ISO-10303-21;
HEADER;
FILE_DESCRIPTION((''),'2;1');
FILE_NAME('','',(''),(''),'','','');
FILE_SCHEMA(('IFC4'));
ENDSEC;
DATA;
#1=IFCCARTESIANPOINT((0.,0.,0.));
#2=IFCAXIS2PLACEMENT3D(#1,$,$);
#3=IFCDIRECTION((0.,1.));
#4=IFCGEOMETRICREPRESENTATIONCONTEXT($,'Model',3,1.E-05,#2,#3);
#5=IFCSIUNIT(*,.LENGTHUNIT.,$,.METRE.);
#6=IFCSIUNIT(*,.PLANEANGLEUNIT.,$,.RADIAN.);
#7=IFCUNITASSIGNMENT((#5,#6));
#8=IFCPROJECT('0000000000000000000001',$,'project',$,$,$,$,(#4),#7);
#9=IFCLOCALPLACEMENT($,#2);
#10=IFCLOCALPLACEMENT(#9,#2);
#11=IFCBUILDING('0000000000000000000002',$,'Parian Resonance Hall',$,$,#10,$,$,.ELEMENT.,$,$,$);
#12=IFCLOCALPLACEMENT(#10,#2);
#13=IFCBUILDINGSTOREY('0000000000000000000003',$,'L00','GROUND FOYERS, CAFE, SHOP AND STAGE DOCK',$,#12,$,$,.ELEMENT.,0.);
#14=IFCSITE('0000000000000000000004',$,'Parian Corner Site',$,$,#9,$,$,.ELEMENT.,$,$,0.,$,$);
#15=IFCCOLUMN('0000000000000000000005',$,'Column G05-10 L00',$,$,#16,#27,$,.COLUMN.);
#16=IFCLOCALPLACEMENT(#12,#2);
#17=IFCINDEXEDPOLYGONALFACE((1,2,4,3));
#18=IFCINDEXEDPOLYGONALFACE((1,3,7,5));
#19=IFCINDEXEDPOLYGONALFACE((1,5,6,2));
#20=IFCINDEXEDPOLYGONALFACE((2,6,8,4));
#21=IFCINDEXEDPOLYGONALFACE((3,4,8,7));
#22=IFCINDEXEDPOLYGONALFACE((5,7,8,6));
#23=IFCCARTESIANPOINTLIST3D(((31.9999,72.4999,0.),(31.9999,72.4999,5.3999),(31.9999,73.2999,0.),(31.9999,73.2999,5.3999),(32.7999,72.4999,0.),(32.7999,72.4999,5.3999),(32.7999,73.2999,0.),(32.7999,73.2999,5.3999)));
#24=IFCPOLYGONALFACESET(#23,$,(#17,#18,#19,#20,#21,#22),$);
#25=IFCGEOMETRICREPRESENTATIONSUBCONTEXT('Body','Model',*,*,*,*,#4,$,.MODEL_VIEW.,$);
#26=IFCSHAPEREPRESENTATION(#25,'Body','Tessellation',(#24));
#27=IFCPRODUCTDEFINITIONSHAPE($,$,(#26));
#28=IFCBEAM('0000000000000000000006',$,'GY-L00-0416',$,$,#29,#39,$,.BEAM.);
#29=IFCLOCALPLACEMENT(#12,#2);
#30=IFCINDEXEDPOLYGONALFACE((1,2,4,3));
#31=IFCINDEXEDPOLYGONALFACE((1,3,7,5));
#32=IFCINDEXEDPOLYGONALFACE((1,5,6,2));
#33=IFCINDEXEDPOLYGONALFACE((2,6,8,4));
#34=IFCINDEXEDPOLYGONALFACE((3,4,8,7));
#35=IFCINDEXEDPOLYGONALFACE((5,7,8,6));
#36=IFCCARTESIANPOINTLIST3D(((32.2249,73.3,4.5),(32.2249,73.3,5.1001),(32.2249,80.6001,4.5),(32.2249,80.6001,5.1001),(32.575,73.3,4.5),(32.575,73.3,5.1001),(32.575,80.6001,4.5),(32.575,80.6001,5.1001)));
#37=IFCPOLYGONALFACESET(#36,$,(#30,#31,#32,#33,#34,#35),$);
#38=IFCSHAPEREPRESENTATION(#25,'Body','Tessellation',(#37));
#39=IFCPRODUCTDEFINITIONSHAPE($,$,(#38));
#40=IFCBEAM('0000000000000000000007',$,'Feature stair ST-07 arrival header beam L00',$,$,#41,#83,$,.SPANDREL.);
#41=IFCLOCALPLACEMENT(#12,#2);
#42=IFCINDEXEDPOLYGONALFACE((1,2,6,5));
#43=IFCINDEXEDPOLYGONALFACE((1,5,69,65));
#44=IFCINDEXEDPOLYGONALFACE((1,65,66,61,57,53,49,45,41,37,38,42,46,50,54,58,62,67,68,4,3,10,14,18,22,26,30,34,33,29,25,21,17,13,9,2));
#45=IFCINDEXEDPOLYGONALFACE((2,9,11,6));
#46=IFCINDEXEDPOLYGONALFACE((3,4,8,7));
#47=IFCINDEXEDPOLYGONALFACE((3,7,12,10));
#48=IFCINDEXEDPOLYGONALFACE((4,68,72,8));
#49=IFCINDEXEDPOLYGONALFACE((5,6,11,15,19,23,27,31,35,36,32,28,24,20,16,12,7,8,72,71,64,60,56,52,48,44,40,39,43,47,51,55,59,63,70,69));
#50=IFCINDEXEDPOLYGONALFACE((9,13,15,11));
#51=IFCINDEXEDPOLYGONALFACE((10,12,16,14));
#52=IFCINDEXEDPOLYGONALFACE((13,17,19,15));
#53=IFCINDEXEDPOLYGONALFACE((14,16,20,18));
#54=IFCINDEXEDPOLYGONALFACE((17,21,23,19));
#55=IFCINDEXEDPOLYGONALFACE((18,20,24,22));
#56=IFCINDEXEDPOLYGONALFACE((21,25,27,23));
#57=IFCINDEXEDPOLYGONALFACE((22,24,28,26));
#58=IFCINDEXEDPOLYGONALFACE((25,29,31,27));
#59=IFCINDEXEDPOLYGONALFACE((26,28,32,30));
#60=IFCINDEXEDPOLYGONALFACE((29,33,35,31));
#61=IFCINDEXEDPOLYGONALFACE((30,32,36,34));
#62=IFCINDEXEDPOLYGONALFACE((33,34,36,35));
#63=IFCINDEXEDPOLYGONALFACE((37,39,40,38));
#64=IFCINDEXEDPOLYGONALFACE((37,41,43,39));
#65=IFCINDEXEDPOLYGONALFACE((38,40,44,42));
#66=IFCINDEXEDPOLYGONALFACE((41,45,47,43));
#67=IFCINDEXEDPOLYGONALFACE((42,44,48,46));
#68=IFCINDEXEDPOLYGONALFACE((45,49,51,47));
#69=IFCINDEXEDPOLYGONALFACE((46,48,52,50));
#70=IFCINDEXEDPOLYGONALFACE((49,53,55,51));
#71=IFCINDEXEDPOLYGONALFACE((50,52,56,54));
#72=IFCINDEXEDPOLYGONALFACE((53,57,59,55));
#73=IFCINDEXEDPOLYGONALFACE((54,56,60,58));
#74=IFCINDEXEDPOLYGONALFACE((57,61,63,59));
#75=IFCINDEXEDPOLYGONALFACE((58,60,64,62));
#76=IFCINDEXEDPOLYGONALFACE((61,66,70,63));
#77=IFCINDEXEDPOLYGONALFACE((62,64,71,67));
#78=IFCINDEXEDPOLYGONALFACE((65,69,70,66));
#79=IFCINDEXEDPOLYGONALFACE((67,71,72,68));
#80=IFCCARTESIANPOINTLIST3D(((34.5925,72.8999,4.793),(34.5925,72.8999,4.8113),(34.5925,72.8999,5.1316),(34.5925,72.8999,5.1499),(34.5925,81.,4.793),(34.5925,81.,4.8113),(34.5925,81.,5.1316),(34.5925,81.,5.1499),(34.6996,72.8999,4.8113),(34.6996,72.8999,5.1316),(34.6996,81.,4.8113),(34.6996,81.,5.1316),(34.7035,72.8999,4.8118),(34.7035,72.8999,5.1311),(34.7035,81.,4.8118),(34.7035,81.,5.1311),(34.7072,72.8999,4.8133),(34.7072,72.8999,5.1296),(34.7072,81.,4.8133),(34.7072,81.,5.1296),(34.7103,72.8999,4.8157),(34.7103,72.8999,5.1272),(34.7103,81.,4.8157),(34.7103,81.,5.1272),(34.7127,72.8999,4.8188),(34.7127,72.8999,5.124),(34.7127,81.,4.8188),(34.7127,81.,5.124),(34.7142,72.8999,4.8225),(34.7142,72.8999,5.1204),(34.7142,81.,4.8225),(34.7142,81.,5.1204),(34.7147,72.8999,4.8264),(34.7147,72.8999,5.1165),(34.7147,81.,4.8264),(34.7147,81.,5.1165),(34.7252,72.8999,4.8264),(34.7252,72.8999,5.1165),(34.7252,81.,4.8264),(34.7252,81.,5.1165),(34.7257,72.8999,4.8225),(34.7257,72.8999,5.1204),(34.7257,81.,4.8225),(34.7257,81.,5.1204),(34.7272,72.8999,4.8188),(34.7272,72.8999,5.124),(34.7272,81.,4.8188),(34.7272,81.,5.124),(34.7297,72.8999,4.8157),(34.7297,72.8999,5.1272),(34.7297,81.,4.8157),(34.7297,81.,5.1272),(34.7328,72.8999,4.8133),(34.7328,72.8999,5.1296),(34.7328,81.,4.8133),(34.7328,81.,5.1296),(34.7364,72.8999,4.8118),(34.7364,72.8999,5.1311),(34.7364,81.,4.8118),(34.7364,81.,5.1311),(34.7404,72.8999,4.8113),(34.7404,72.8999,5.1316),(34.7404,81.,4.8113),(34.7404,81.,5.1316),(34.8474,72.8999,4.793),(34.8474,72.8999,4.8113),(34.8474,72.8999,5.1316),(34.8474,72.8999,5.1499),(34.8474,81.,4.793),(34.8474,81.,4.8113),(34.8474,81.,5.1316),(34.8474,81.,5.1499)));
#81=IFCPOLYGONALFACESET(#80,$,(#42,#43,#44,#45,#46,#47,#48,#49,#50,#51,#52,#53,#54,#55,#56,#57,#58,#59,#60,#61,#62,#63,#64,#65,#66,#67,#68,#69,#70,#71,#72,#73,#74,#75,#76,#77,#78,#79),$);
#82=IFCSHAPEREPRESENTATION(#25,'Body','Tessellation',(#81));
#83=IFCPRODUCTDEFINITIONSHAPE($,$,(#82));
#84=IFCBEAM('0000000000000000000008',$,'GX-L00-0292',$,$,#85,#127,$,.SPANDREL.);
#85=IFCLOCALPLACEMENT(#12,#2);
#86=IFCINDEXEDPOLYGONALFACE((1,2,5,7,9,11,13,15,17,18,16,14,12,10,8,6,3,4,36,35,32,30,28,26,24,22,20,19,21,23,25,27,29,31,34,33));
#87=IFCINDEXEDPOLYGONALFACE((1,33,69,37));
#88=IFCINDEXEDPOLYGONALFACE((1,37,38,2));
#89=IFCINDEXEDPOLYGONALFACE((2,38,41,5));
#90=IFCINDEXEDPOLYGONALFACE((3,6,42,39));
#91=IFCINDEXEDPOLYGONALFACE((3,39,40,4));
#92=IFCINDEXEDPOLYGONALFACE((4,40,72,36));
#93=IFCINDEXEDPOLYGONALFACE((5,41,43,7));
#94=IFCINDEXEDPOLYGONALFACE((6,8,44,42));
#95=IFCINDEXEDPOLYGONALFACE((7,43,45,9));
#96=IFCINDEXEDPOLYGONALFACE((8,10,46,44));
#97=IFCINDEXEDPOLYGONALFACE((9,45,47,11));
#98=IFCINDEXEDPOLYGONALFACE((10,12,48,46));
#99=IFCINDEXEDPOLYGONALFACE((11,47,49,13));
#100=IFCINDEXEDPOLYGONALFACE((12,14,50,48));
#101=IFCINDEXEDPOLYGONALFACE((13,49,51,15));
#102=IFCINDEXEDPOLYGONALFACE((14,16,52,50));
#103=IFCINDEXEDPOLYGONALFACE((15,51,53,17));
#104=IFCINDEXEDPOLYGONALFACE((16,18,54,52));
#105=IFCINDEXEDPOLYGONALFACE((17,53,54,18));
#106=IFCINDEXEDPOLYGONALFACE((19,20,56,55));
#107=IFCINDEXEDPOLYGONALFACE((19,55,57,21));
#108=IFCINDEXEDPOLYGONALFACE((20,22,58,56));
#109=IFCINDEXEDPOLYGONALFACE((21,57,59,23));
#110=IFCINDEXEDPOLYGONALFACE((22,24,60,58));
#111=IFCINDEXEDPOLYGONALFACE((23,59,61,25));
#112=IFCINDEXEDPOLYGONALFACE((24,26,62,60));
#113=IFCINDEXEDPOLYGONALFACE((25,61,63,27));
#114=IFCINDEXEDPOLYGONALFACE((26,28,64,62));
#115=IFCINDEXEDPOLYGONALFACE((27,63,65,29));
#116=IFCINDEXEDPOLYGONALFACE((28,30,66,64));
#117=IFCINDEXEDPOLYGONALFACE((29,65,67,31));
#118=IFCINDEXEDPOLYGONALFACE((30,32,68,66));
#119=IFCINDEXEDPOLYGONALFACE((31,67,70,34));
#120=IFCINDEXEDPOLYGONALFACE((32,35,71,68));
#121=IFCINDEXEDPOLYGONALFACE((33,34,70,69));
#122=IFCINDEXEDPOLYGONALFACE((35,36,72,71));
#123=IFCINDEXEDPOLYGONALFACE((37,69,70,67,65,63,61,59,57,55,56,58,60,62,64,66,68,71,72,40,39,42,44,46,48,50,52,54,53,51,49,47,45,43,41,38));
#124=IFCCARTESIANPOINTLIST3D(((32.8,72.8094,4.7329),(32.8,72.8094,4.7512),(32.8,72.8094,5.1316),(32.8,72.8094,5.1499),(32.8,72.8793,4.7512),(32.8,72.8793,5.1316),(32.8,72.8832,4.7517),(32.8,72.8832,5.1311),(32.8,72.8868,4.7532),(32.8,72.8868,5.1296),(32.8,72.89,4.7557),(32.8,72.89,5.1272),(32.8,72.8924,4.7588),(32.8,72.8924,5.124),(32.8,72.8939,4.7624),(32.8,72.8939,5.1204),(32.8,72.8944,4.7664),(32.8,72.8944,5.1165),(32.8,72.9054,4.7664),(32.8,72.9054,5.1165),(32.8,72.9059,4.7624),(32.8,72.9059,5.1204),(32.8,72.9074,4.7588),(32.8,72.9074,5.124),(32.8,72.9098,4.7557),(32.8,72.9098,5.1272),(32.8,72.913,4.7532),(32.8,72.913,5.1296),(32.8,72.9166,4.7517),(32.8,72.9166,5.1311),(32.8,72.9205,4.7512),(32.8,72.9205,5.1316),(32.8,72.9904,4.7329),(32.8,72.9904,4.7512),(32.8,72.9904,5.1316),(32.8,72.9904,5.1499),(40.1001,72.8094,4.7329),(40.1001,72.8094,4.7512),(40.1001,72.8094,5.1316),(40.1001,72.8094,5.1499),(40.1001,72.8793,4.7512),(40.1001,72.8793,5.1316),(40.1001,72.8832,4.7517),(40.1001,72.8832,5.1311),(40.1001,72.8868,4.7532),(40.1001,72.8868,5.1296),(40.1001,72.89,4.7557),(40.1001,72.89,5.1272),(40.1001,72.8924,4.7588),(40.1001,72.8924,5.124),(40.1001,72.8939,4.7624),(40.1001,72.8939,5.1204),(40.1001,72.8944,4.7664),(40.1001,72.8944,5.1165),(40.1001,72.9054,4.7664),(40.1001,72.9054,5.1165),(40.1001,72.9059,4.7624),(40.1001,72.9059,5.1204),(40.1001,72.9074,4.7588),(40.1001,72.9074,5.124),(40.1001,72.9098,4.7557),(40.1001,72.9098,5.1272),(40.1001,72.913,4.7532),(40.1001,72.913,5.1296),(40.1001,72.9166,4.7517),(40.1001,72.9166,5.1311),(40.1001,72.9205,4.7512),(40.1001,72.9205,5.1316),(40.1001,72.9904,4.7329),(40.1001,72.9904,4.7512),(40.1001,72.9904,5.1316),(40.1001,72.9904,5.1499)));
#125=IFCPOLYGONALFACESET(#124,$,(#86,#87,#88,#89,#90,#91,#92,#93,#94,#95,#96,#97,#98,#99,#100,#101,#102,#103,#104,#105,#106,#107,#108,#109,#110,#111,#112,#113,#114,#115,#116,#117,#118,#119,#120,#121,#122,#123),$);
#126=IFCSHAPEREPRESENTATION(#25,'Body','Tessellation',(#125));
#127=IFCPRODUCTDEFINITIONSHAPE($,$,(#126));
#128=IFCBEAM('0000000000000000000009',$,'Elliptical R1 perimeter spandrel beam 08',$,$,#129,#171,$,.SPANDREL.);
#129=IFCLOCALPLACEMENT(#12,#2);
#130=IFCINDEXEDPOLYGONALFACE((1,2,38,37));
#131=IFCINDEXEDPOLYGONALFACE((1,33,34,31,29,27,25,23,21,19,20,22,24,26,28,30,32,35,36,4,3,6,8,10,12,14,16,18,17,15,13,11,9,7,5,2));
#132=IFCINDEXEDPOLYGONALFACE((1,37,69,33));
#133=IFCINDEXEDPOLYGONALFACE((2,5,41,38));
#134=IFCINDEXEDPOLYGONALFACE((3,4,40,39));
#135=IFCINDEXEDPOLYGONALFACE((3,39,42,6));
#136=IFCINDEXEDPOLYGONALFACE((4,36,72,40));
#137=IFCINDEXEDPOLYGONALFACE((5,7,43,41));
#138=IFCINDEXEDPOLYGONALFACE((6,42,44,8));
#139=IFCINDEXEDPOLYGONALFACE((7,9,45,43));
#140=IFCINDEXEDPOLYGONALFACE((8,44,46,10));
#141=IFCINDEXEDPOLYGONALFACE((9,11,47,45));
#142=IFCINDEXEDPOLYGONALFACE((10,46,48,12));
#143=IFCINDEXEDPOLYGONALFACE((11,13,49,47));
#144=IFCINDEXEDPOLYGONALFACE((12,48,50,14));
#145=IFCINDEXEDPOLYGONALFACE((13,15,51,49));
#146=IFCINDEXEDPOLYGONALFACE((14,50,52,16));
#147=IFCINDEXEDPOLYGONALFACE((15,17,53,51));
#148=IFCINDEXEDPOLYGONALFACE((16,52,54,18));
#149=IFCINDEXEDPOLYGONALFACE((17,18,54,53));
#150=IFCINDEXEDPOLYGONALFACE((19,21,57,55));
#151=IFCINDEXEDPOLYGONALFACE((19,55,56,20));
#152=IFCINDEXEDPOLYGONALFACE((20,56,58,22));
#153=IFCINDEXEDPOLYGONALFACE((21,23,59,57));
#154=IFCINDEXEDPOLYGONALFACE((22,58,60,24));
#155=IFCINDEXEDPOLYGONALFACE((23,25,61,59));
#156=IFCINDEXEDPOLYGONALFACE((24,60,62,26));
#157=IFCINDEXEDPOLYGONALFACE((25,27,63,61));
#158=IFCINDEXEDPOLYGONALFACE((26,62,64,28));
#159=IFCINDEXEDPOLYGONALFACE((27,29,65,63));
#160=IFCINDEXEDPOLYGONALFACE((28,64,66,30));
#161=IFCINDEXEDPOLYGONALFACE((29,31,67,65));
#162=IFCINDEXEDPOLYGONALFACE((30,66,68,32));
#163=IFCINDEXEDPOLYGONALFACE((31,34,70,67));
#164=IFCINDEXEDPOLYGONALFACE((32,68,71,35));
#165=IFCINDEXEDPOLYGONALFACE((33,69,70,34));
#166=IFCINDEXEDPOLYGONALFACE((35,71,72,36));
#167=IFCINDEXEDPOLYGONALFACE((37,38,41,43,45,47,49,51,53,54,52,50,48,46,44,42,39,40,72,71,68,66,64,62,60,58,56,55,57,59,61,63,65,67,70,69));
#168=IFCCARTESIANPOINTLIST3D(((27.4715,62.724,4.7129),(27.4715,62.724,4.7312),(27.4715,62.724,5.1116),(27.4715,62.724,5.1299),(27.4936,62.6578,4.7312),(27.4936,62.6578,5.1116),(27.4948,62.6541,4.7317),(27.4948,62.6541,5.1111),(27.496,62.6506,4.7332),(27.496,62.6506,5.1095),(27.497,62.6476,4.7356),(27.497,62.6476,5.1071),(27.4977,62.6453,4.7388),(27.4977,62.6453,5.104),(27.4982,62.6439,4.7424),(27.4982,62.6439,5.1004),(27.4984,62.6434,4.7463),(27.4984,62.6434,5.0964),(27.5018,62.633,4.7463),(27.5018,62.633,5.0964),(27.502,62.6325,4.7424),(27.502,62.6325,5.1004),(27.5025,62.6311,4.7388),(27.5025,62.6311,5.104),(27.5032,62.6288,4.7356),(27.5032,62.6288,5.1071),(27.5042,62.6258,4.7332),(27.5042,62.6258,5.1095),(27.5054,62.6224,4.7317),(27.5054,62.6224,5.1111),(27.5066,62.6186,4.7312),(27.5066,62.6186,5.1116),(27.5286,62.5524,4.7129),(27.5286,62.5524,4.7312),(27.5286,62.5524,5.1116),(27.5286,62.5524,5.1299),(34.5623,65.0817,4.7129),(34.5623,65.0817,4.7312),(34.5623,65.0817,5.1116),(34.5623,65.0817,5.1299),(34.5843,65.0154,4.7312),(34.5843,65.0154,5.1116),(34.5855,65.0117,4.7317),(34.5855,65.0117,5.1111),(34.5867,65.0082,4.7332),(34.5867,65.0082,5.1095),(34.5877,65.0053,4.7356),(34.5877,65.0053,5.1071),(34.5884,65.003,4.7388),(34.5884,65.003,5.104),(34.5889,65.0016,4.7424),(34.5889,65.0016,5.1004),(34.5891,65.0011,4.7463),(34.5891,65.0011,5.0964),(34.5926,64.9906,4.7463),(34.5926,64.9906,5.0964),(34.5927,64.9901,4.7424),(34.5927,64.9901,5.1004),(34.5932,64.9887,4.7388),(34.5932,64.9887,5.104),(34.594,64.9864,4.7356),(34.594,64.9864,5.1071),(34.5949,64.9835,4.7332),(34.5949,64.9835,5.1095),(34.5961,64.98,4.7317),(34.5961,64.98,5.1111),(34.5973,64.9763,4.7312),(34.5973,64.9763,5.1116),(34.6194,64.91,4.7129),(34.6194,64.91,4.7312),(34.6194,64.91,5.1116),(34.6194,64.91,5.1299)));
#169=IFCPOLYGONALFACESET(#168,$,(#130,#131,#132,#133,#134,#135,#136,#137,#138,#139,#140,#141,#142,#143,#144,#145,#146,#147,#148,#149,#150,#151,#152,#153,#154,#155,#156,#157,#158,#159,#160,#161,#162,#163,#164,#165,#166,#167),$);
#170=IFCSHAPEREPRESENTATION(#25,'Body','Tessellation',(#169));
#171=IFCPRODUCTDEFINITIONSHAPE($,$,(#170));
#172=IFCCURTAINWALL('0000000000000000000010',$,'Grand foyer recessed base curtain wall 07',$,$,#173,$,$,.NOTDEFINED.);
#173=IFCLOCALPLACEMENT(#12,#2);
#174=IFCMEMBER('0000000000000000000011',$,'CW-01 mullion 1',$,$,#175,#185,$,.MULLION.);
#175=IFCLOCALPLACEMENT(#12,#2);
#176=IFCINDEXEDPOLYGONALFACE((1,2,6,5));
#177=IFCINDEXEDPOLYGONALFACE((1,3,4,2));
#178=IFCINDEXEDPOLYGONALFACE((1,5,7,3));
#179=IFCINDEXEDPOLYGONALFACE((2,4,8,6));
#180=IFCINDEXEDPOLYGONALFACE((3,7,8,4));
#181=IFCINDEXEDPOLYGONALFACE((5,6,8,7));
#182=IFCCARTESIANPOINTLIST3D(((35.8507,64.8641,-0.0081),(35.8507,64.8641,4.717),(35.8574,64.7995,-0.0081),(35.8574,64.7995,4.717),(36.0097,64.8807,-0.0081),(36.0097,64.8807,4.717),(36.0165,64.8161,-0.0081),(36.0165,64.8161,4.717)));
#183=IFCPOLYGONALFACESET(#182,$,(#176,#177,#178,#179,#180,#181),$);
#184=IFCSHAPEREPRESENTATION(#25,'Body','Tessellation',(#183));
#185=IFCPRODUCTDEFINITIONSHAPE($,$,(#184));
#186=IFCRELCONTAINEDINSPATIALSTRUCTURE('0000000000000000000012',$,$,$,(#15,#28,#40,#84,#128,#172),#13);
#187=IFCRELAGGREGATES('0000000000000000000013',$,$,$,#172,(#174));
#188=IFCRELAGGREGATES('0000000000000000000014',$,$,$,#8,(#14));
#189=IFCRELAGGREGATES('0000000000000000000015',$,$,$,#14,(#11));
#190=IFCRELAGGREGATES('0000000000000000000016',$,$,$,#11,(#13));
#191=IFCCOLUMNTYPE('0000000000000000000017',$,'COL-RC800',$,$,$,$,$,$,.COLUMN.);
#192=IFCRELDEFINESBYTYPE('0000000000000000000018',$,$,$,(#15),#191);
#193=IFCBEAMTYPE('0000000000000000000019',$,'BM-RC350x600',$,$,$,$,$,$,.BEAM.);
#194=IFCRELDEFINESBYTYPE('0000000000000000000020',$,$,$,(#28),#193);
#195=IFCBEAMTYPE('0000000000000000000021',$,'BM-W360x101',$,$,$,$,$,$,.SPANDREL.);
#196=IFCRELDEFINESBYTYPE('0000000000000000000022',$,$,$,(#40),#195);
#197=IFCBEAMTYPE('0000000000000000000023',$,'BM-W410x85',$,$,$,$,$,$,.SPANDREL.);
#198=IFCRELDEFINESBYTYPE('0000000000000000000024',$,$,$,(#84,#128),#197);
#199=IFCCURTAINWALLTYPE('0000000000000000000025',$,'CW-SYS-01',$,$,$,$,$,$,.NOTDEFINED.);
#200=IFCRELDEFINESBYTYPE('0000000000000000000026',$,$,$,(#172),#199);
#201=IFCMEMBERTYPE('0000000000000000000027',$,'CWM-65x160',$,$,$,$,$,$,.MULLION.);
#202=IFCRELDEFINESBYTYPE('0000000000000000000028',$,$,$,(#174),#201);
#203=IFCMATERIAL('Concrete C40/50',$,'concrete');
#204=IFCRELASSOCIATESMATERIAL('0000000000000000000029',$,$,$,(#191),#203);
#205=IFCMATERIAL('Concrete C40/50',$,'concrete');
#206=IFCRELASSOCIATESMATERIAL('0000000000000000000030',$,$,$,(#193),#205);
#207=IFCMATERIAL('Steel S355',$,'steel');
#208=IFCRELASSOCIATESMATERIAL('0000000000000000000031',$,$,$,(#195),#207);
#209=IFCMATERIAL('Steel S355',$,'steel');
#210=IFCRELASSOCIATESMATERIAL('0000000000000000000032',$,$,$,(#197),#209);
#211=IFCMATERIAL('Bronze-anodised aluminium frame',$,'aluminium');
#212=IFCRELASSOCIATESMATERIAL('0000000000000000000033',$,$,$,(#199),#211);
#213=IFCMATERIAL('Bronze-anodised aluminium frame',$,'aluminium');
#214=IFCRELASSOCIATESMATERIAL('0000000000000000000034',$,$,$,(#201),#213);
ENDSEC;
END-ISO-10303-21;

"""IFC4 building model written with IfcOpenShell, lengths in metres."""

from ifc_helpers import new_model, si_unit, direction, frame, origin, origin_2d, place, context, subcontext, project, spatial, rectangle, i_section, extrude, material, material_profile, profile_set, type_object, element, aggregate, save


model = new_model("IFC4")

# Units and contexts
model_context = context("Model", 3, precision=1e-05, world=origin(), true_north=direction((0.0, 1.0)))
body_context = subcontext(model_context, "Body", "Model", "MODEL_VIEW")
ifc_project = project(units=[si_unit("LENGTHUNIT", "METRE"), si_unit("PLANEANGLEUNIT", "RADIAN")], contexts=[model_context])

# Site, building, storey
site_placement = place(None, origin())
site = spatial("IfcSite", under=ifc_project, at=site_placement, Name="Parian Corner Site", CompositionType="ELEMENT", RefElevation=0.0)
building_placement = place(site_placement, origin())
building = spatial("IfcBuilding", under=site, at=building_placement, Name="Parian Resonance Hall", CompositionType="ELEMENT")
storey_placement = place(building_placement, origin())
storey = spatial("IfcBuildingStorey", under=building, at=storey_placement, Name="L00", Description="GROUND FOYERS, CAFE, SHOP AND STAGE DOCK", CompositionType="ELEMENT", Elevation=0.0)

# Column
ifc_material_1 = material(Name="Concrete C40/50", Category="concrete")
ifc_material_profile_1 = material_profile(ifc_material_1, rectangle(XDim=0.8, YDim=0.8, at=origin_2d()), Name="RC-COL-800x800")
ifc_profile_set_1 = profile_set([ifc_material_profile_1], Name="Concrete C40/50")
column_type = type_object("IfcColumnType", Name="COL-RC800", PredefinedType="COLUMN", material=ifc_profile_set_1)
column_placement = place(storey_placement, frame((32.3999, 72.8999, 0.0), z_axis=(0.0, 0.0, 1.0), x_axis=(1.0, 0.0, 0.0)))
element("IfcColumn", 1, at=column_placement, inside=storey, type_object=column_type, Name="Column G05-10 L00", PredefinedType="COLUMN", context=body_context, shape_type="SweptSolid", body=[
    extrude(rectangle(XDim=0.8, YDim=0.8, at=origin_2d()), origin(), (0.0, 0.0, 1.0), 5.3999),
])

# Beams
ifc_material_2 = material(Name="Concrete C40/50", Category="concrete")
ifc_material_profile_2 = material_profile(ifc_material_2, rectangle(XDim=0.3501, YDim=0.6001, at=origin_2d()), Name="RC-BM-350x600")
ifc_profile_set_2 = profile_set([ifc_material_profile_2], Name="Concrete C40/50")
beam_type_1 = type_object("IfcBeamType", Name="BM-RC350x600", PredefinedType="BEAM", material=ifc_profile_set_2)
beam_1_placement = place(storey_placement, frame((32.3999, 73.3, 4.8), z_axis=(0.0, 1.0, 0.0), x_axis=(-1.0, 0.0, 0.0)))
element("IfcBeam", 2, at=beam_1_placement, inside=storey, type_object=beam_type_1, Name="GY-L00-0416", PredefinedType="BEAM", context=body_context, shape_type="SweptSolid", body=[
    extrude(rectangle(XDim=0.3501, YDim=0.6001, at=origin_2d()), origin(), (0.0, 0.0, 1.0), 7.3),
])
ifc_material_3 = material(Name="Steel S355", Category="steel")
ifc_material_profile_3 = material_profile(ifc_material_3, i_section(OverallWidth=0.2549, OverallDepth=0.3569, WebThickness=0.0105, FlangeThickness=0.0183, FilletRadius=0.0151, at=origin_2d()), Name="W360x101")
ifc_profile_set_3 = profile_set([ifc_material_profile_3], Name="Steel S355")
beam_type_2 = type_object("IfcBeamType", Name="BM-W360x101", PredefinedType="SPANDREL", material=ifc_profile_set_3)
beam_2_placement = place(storey_placement, frame((34.72, 72.8999, 4.9714), z_axis=(0.0, 1.0, 0.0), x_axis=(-1.0, 0.0, 0.0)))
element("IfcBeam", 3, at=beam_2_placement, inside=storey, type_object=beam_type_2, Name="Feature stair ST-07 arrival header beam L00", PredefinedType="SPANDREL", context=body_context, shape_type="SweptSolid", body=[
    extrude(i_section(OverallWidth=0.2549, OverallDepth=0.3569, WebThickness=0.0105, FlangeThickness=0.0183, FilletRadius=0.0151, at=origin_2d()), origin(), (0.0, 0.0, 1.0), 8.1001),
])
ifc_material_4 = material(Name="Steel S355", Category="steel")
ifc_material_profile_4 = material_profile(ifc_material_4, i_section(OverallWidth=0.1809, OverallDepth=0.417, WebThickness=0.011, FlangeThickness=0.0183, FilletRadius=0.0151, at=origin_2d()), Name="W410x85")
ifc_profile_set_4 = profile_set([ifc_material_profile_4], Name="Steel S355")
beam_type_3 = type_object("IfcBeamType", Name="BM-W410x85", PredefinedType="SPANDREL", material=ifc_profile_set_4)
beam_3_placement = place(storey_placement, frame((32.8, 72.8999, 4.9414), z_axis=(1.0, 0.0, 0.0), x_axis=(0.0, 1.0, 0.0)))
element("IfcBeam", 4, at=beam_3_placement, inside=storey, type_object=beam_type_3, Name="GX-L00-0292", PredefinedType="SPANDREL", context=body_context, shape_type="SweptSolid", body=[
    extrude(i_section(OverallWidth=0.1809, OverallDepth=0.417, WebThickness=0.011, FlangeThickness=0.0183, FilletRadius=0.0151, at=origin_2d()), origin(), (0.0, 0.0, 1.0), 7.3),
])
beam_4_placement = place(storey_placement, frame((34.5908, 64.9958, 4.9214), z_axis=(-0.948922, -0.315512, 0.0), x_axis=(0.315512, -0.948922, 0.0)))
element("IfcBeam", 5, at=beam_4_placement, inside=storey, type_object=beam_type_3, Name="Elliptical R1 perimeter spandrel beam 08", PredefinedType="SPANDREL", context=body_context, shape_type="SweptSolid", body=[
    extrude(i_section(OverallWidth=0.1809, OverallDepth=0.417, WebThickness=0.011, FlangeThickness=0.0183, FilletRadius=0.0151, at=origin_2d()), origin(), (0.0, 0.0, 1.0), 7.4724),
])

# Curtain wall, member
ifc_material_5 = material(Name="Bronze-anodised aluminium frame", Category="aluminium")
curtain_wall_type_1 = type_object("IfcCurtainWallType", Name="CW-SYS-01", PredefinedType="NOTDEFINED", material=ifc_material_5)
curtain_wall_1_placement = place(storey_placement, origin())
curtain_wall_1 = element("IfcCurtainWall", 6, at=curtain_wall_1_placement, inside=storey, type_object=curtain_wall_type_1, Name="Grand foyer recessed base curtain wall 07", PredefinedType="NOTDEFINED")
ifc_material_6 = material(Name="Bronze-anodised aluminium frame", Category="aluminium")
ifc_material_profile_5 = material_profile(ifc_material_6, rectangle(XDim=0.0649, YDim=0.1599, at=origin_2d()), Name="CWM-65x160")
ifc_profile_set_5 = profile_set([ifc_material_profile_5], Name="Bronze-anodised aluminium frame")
member_type_1 = type_object("IfcMemberType", Name="CWM-65x160", PredefinedType="MULLION", material=ifc_profile_set_5)
member_1_placement = place(storey_placement, frame((35.9336, 64.8401, -0.0081), z_axis=(0.0, 0.0, 1.0), x_axis=(-0.104013, 0.994576, 0.0)))
member_1 = element("IfcMember", 7, at=member_1_placement, type_object=member_type_1, Name="CW-01 mullion 1", PredefinedType="MULLION", context=body_context, shape_type="SweptSolid", body=[
    extrude(rectangle(XDim=0.0649, YDim=0.1599, at=origin_2d()), origin(), (0.0, 0.0, 1.0), 4.7251),
])

aggregate(curtain_wall_1, [member_1])

save(model, "model.ifc")
